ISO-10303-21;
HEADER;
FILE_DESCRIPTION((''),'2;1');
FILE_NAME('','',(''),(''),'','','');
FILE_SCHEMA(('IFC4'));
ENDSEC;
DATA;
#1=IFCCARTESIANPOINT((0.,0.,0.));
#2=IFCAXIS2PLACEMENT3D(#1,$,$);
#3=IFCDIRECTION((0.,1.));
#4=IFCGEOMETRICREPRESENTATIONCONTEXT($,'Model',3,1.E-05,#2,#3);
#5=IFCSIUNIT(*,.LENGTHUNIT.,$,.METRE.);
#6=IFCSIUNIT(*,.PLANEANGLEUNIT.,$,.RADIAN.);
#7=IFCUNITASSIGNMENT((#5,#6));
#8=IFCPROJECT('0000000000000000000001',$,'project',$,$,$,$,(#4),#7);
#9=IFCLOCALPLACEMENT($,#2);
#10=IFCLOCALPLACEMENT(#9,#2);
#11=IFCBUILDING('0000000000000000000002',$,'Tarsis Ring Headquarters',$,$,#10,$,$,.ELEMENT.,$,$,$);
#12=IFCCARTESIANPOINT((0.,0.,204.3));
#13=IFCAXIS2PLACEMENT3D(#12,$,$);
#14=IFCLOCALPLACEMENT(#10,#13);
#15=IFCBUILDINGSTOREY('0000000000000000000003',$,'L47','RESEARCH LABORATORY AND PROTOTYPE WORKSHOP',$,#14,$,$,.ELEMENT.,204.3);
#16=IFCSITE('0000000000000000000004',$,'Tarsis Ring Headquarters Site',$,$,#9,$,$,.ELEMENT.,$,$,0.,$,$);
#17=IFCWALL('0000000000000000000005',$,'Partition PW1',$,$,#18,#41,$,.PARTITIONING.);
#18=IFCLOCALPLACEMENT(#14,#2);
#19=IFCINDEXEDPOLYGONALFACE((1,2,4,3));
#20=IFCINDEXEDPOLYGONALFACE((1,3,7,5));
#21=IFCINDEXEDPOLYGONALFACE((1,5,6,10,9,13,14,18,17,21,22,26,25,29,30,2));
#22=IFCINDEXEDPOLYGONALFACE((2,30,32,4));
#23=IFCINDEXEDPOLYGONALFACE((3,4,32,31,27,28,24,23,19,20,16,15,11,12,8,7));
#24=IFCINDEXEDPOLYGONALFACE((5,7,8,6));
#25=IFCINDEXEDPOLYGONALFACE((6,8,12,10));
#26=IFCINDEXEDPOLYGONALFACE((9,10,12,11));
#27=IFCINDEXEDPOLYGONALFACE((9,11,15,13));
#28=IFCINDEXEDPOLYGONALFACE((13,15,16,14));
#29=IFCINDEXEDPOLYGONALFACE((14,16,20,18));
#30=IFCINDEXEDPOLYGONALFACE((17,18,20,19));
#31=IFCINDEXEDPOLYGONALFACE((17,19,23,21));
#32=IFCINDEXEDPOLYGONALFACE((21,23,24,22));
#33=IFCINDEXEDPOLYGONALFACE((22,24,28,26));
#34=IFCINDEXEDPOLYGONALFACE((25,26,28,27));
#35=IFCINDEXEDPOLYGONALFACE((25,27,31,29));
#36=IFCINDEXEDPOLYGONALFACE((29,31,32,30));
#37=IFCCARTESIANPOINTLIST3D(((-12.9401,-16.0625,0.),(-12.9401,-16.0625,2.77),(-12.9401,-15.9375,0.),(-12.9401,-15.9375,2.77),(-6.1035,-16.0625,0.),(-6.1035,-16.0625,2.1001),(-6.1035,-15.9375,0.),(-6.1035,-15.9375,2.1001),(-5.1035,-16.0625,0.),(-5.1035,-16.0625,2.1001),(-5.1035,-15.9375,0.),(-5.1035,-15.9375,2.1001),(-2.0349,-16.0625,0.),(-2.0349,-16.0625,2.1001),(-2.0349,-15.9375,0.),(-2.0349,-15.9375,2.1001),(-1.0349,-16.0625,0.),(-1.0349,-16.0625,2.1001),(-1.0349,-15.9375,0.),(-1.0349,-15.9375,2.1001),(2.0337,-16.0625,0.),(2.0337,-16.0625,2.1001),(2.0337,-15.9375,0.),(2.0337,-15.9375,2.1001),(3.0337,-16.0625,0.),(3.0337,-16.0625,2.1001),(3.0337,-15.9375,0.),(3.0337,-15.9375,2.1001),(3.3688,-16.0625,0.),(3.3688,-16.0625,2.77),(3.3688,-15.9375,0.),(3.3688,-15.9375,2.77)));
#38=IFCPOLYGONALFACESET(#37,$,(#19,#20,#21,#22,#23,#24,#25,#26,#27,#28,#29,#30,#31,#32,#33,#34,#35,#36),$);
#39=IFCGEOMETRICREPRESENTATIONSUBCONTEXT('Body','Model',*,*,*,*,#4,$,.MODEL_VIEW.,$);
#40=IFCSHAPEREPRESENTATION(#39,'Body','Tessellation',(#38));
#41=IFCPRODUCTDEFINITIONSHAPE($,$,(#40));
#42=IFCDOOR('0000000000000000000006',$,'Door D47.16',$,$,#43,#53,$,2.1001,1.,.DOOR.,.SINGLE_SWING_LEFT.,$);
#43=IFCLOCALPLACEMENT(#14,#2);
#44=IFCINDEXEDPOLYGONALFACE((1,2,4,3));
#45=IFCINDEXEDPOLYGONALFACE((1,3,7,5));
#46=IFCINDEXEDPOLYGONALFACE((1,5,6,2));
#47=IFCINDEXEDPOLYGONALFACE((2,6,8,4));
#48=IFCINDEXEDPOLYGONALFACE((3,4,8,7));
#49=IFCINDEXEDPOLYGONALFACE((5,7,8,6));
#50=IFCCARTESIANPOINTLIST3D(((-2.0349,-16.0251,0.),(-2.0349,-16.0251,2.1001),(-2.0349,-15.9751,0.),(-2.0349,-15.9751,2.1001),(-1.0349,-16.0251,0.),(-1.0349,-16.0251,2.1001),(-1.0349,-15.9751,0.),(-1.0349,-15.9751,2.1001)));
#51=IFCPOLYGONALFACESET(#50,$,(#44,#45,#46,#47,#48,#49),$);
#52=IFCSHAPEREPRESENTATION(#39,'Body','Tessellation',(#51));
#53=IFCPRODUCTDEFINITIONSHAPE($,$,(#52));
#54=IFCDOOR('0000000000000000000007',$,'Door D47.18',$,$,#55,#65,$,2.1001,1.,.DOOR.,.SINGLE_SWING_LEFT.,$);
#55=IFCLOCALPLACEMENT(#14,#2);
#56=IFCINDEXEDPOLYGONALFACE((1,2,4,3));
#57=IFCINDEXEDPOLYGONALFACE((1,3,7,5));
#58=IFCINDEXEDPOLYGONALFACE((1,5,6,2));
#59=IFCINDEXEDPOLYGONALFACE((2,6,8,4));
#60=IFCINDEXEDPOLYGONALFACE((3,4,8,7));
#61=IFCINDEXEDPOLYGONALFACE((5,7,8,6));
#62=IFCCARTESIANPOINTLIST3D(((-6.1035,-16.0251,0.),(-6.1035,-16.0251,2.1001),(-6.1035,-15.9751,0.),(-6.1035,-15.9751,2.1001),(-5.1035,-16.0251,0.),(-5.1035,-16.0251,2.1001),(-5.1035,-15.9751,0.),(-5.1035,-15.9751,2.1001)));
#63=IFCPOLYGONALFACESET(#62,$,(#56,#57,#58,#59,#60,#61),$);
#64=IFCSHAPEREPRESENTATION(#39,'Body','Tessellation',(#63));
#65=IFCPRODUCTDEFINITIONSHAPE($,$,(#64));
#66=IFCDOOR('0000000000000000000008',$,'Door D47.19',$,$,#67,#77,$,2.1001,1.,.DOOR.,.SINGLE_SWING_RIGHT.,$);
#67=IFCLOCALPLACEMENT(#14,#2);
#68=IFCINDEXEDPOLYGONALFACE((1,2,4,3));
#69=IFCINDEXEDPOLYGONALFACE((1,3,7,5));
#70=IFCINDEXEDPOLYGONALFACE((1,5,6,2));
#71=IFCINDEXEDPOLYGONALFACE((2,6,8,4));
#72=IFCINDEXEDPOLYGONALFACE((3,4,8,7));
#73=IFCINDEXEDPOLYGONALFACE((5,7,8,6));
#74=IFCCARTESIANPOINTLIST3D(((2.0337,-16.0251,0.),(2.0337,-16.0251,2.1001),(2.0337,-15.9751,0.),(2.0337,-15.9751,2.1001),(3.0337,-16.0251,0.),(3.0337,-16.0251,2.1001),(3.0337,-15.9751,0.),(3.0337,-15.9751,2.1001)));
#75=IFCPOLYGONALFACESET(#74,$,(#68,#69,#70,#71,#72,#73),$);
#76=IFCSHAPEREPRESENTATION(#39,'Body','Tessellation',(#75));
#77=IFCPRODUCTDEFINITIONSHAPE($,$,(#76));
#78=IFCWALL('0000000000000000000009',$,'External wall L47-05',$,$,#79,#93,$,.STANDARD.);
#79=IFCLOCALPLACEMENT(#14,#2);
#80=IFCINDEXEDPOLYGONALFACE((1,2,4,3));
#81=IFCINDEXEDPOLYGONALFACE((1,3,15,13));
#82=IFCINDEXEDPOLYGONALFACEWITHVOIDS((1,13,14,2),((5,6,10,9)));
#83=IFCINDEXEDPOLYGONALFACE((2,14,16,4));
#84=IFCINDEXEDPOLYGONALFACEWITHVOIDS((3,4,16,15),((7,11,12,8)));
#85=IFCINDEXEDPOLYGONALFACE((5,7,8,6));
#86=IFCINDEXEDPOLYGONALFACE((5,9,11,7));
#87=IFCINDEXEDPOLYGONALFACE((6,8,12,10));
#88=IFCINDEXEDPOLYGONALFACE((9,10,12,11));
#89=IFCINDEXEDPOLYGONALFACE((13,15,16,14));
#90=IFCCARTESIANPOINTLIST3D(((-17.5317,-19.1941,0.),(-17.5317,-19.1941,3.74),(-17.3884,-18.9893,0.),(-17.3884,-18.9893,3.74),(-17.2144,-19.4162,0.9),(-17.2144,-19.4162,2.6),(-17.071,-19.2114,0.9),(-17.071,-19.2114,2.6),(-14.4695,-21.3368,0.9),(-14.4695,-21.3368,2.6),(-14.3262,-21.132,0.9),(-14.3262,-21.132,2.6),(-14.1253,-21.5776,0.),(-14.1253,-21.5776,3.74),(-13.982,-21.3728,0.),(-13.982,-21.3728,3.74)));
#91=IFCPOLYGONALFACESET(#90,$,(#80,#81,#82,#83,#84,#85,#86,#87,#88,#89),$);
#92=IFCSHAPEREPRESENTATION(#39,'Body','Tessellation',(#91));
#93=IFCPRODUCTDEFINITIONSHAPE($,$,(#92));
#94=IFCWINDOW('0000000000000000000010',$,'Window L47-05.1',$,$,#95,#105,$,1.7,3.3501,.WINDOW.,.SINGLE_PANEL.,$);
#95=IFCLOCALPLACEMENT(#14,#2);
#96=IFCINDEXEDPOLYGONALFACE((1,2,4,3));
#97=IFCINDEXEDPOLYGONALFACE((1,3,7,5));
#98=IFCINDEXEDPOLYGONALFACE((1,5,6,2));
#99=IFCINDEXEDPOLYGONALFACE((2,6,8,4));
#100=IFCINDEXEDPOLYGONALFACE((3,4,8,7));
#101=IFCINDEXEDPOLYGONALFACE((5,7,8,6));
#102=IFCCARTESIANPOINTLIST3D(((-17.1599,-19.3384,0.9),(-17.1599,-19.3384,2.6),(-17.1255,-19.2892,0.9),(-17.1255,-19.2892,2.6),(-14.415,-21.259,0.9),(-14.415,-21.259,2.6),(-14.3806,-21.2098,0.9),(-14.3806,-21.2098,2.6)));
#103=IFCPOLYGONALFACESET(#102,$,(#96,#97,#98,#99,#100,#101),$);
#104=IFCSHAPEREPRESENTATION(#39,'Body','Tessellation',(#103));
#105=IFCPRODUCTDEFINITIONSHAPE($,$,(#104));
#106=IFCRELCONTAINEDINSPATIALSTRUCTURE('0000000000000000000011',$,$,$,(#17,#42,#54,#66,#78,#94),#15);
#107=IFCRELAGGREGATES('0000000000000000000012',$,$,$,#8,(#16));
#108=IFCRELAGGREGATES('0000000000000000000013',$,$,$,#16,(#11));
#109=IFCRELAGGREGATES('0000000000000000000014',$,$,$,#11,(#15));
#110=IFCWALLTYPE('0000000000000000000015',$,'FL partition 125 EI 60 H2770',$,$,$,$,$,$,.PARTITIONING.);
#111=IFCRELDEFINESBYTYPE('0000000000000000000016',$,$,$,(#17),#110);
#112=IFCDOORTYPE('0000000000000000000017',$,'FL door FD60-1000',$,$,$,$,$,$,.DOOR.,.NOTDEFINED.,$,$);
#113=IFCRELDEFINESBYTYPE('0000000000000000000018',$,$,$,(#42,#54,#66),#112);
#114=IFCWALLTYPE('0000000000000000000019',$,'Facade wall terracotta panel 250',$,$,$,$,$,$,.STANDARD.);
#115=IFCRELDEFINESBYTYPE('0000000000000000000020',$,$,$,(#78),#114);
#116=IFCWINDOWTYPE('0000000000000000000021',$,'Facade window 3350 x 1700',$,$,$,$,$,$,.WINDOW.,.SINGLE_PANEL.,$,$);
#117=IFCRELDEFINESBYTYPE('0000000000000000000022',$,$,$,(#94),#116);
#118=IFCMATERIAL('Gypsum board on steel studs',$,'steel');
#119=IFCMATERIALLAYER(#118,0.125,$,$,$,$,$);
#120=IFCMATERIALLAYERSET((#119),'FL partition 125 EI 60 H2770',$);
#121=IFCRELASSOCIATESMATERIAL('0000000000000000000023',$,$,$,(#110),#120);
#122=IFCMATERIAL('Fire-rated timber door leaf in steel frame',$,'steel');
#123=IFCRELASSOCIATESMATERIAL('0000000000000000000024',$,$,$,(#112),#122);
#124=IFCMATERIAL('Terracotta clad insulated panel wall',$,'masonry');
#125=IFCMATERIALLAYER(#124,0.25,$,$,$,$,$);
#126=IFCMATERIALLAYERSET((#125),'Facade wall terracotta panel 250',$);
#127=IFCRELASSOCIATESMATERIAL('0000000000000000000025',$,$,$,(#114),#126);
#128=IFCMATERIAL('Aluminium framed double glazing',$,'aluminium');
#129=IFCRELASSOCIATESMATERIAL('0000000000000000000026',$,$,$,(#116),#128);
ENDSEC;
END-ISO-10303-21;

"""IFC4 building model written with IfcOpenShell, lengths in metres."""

from ifc_helpers import new_model, si_unit, direction, frame, frame_2d, origin, place, context, subcontext, project, spatial, rectangle, extrude, material, layer, layer_set, type_object, element, fill, save


model = new_model("IFC4")

# Units and contexts
model_context = context("Model", 3, precision=1e-05, world=origin(), true_north=direction((0.0, 1.0)))
body_context = subcontext(model_context, "Body", "Model", "MODEL_VIEW")
ifc_project = project(units=[si_unit("LENGTHUNIT", "METRE"), si_unit("PLANEANGLEUNIT", "RADIAN")], contexts=[model_context])

# Site, building, storey
site_placement = place(None, origin())
site = spatial("IfcSite", under=ifc_project, at=site_placement, Name="Tarsis Ring Headquarters Site", CompositionType="ELEMENT", RefElevation=0.0)
building_placement = place(site_placement, origin())
building = spatial("IfcBuilding", under=site, at=building_placement, Name="Tarsis Ring Headquarters", CompositionType="ELEMENT")
storey_placement = place(building_placement, frame((0.0, 0.0, 204.3)))
storey = spatial("IfcBuildingStorey", under=building, at=storey_placement, Name="L47", Description="RESEARCH LABORATORY AND PROTOTYPE WORKSHOP", CompositionType="ELEMENT", Elevation=204.3)

# Shared definitions
ifc_material_1 = material(Name="Gypsum board on steel studs", Category="steel")

# Wall, openings, doors
ifc_layer_1 = layer(ifc_material_1, 0.125)
ifc_layer_set_1 = layer_set([ifc_layer_1], Name="FL partition 125 EI 60 H2770")
wall_type_1 = type_object("IfcWallType", Name="FL partition 125 EI 60 H2770", PredefinedType="PARTITIONING", material=ifc_layer_set_1)
ifc_material_2 = material(Name="Fire-rated timber door leaf in steel frame", Category="steel")
door_type_1 = type_object("IfcDoorType", Name="FL door FD60-1000", OperationType="NOTDEFINED", PredefinedType="DOOR", material=ifc_material_2)
wall_1_placement = place(storey_placement, frame((-12.9399, -16.0, 0.0), z_axis=(0.0, 0.0, 1.0), x_axis=(1.0, 0.0, 0.0)))
wall_1 = element("IfcWall", 1, at=wall_1_placement, inside=storey, type_object=wall_type_1, Name="Partition PW1", PredefinedType="PARTITIONING", context=body_context, shape_type="SweptSolid", body=[
    extrude(rectangle(XDim=16.3088, YDim=0.125, at=frame_2d((8.1543, 0.0))), origin(), (0.0, 0.0, 1.0), 2.77),
])
opening_1_placement = place(wall_1_placement, frame((10.905, 0.0, 0.0)))
opening_1 = element("IfcOpeningElement", 2, at=opening_1_placement, cuts=wall_1, PredefinedType="OPENING", context=body_context, shape_type="SweptSolid", body=[
    extrude(rectangle(XDim=1.0, YDim=2.1001, at=frame_2d((0.5, 1.05))), frame((0.0, 0.0725, 0.0), z_axis=(0.0, -1.0, 0.0), x_axis=(1.0, 0.0, 0.0)), (0.0, 0.0, 1.0), 0.145),
])
opening_2_placement = place(wall_1_placement, frame((6.8364, 0.0, 0.0)))
opening_2 = element("IfcOpeningElement", 3, at=opening_2_placement, cuts=wall_1, PredefinedType="OPENING", context=body_context, shape_type="SweptSolid", body=[
    extrude(rectangle(XDim=1.0, YDim=2.1001, at=frame_2d((0.5, 1.05))), frame((0.0, 0.0725, 0.0), z_axis=(0.0, -1.0, 0.0), x_axis=(1.0, 0.0, 0.0)), (0.0, 0.0, 1.0), 0.145),
])
opening_3_placement = place(wall_1_placement, frame((14.9736, 0.0, 0.0)))
opening_3 = element("IfcOpeningElement", 4, at=opening_3_placement, cuts=wall_1, PredefinedType="OPENING", context=body_context, shape_type="SweptSolid", body=[
    extrude(rectangle(XDim=1.0, YDim=2.1001, at=frame_2d((0.5, 1.05))), frame((0.0, 0.0725, 0.0), z_axis=(0.0, -1.0, 0.0), x_axis=(1.0, 0.0, 0.0)), (0.0, 0.0, 1.0), 0.145),
])
door_1_placement = place(opening_1_placement, origin())
door_1 = element("IfcDoor", 5, at=door_1_placement, inside=storey, type_object=door_type_1, Name="Door D47.16", OperationType="SINGLE_SWING_LEFT", OverallHeight=2.1001, OverallWidth=1.0, PredefinedType="DOOR", context=body_context, shape_type="SweptSolid", body=[
    extrude(rectangle(XDim=1.0, YDim=2.1001, at=frame_2d((0.5, 1.05))), frame((0.0, 0.0249, 0.0), z_axis=(0.0, -1.0, 0.0), x_axis=(1.0, 0.0, 0.0)), (0.0, 0.0, 1.0), 0.05),
])
fill(opening_1, door_1)
door_2_placement = place(opening_2_placement, origin())
door_2 = element("IfcDoor", 6, at=door_2_placement, inside=storey, type_object=door_type_1, Name="Door D47.18", OperationType="SINGLE_SWING_LEFT", OverallHeight=2.1001, OverallWidth=1.0, PredefinedType="DOOR", context=body_context, shape_type="SweptSolid", body=[
    extrude(rectangle(XDim=1.0, YDim=2.1001, at=frame_2d((0.5, 1.05))), frame((0.0, 0.0249, 0.0), z_axis=(0.0, -1.0, 0.0), x_axis=(1.0, 0.0, 0.0)), (0.0, 0.0, 1.0), 0.05),
])
fill(opening_2, door_2)
door_3_placement = place(opening_3_placement, origin())
door_3 = element("IfcDoor", 7, at=door_3_placement, inside=storey, type_object=door_type_1, Name="Door D47.19", OperationType="SINGLE_SWING_RIGHT", OverallHeight=2.1001, OverallWidth=1.0, PredefinedType="DOOR", context=body_context, shape_type="SweptSolid", body=[
    extrude(rectangle(XDim=1.0, YDim=2.1001, at=frame_2d((0.5, 1.05))), frame((0.0, 0.0249, 0.0), z_axis=(0.0, -1.0, 0.0), x_axis=(1.0, 0.0, 0.0)), (0.0, 0.0, 1.0), 0.05),
])
fill(opening_3, door_3)

# Wall, opening, window
ifc_material_3 = material(Name="Terracotta clad insulated panel wall", Category="masonry")
ifc_layer_2 = layer(ifc_material_3, 0.25)
ifc_layer_set_2 = layer_set([ifc_layer_2], Name="Facade wall terracotta panel 250")
wall_type_2 = type_object("IfcWallType", Name="Facade wall terracotta panel 250", PredefinedType="STANDARD", material=ifc_layer_set_2)
wall_2_placement = place(storey_placement, frame((-17.46, -19.0918, 0.0), z_axis=(0.0, 0.0, 1.0), x_axis=(0.819345, -0.573301, 0.0)))
wall_2 = element("IfcWall", 8, at=wall_2_placement, inside=storey, type_object=wall_type_2, Name="External wall L47-05", PredefinedType="STANDARD", context=body_context, shape_type="SweptSolid", body=[
    extrude(rectangle(XDim=4.1575, YDim=0.25, at=frame_2d((2.0786, 0.0))), origin(), (0.0, 0.0, 1.0), 3.74),
])
opening_4_placement = place(wall_2_placement, frame((0.3872, 0.0, 0.8999)))
opening_4 = element("IfcOpeningElement", 9, at=opening_4_placement, cuts=wall_2, PredefinedType="OPENING", context=body_context, shape_type="SweptSolid", body=[
    extrude(rectangle(XDim=3.3501, YDim=1.7, at=frame_2d((1.675, 0.8501))), frame((0.0, 0.135, 0.0), z_axis=(0.0, -1.0, 0.0), x_axis=(1.0, 0.0, 0.0)), (0.0, 0.0, 1.0), 0.27),
])
ifc_material_4 = material(Name="Aluminium framed double glazing", Category="aluminium")
window_type_1 = type_object("IfcWindowType", Name="Facade window 3350 x 1700", PartitioningType="SINGLE_PANEL", PredefinedType="WINDOW", material=ifc_material_4)
window_1_placement = place(opening_4_placement, origin())
window_1 = element("IfcWindow", 10, at=window_1_placement, inside=storey, type_object=window_type_1, Name="Window L47-05.1", OverallHeight=1.7, OverallWidth=3.3501, PartitioningType="SINGLE_PANEL", PredefinedType="WINDOW", context=body_context, shape_type="SweptSolid", body=[
    extrude(rectangle(XDim=3.3501, YDim=1.7, at=frame_2d((1.675, 0.8501))), frame((0.0, 0.03, 0.0), z_axis=(0.0, -1.0, 0.0), x_axis=(1.0, 0.0, 0.0)), (0.0, 0.0, 1.0), 0.0601),
])
fill(opening_4, window_1)

save(model, "model.ifc")
